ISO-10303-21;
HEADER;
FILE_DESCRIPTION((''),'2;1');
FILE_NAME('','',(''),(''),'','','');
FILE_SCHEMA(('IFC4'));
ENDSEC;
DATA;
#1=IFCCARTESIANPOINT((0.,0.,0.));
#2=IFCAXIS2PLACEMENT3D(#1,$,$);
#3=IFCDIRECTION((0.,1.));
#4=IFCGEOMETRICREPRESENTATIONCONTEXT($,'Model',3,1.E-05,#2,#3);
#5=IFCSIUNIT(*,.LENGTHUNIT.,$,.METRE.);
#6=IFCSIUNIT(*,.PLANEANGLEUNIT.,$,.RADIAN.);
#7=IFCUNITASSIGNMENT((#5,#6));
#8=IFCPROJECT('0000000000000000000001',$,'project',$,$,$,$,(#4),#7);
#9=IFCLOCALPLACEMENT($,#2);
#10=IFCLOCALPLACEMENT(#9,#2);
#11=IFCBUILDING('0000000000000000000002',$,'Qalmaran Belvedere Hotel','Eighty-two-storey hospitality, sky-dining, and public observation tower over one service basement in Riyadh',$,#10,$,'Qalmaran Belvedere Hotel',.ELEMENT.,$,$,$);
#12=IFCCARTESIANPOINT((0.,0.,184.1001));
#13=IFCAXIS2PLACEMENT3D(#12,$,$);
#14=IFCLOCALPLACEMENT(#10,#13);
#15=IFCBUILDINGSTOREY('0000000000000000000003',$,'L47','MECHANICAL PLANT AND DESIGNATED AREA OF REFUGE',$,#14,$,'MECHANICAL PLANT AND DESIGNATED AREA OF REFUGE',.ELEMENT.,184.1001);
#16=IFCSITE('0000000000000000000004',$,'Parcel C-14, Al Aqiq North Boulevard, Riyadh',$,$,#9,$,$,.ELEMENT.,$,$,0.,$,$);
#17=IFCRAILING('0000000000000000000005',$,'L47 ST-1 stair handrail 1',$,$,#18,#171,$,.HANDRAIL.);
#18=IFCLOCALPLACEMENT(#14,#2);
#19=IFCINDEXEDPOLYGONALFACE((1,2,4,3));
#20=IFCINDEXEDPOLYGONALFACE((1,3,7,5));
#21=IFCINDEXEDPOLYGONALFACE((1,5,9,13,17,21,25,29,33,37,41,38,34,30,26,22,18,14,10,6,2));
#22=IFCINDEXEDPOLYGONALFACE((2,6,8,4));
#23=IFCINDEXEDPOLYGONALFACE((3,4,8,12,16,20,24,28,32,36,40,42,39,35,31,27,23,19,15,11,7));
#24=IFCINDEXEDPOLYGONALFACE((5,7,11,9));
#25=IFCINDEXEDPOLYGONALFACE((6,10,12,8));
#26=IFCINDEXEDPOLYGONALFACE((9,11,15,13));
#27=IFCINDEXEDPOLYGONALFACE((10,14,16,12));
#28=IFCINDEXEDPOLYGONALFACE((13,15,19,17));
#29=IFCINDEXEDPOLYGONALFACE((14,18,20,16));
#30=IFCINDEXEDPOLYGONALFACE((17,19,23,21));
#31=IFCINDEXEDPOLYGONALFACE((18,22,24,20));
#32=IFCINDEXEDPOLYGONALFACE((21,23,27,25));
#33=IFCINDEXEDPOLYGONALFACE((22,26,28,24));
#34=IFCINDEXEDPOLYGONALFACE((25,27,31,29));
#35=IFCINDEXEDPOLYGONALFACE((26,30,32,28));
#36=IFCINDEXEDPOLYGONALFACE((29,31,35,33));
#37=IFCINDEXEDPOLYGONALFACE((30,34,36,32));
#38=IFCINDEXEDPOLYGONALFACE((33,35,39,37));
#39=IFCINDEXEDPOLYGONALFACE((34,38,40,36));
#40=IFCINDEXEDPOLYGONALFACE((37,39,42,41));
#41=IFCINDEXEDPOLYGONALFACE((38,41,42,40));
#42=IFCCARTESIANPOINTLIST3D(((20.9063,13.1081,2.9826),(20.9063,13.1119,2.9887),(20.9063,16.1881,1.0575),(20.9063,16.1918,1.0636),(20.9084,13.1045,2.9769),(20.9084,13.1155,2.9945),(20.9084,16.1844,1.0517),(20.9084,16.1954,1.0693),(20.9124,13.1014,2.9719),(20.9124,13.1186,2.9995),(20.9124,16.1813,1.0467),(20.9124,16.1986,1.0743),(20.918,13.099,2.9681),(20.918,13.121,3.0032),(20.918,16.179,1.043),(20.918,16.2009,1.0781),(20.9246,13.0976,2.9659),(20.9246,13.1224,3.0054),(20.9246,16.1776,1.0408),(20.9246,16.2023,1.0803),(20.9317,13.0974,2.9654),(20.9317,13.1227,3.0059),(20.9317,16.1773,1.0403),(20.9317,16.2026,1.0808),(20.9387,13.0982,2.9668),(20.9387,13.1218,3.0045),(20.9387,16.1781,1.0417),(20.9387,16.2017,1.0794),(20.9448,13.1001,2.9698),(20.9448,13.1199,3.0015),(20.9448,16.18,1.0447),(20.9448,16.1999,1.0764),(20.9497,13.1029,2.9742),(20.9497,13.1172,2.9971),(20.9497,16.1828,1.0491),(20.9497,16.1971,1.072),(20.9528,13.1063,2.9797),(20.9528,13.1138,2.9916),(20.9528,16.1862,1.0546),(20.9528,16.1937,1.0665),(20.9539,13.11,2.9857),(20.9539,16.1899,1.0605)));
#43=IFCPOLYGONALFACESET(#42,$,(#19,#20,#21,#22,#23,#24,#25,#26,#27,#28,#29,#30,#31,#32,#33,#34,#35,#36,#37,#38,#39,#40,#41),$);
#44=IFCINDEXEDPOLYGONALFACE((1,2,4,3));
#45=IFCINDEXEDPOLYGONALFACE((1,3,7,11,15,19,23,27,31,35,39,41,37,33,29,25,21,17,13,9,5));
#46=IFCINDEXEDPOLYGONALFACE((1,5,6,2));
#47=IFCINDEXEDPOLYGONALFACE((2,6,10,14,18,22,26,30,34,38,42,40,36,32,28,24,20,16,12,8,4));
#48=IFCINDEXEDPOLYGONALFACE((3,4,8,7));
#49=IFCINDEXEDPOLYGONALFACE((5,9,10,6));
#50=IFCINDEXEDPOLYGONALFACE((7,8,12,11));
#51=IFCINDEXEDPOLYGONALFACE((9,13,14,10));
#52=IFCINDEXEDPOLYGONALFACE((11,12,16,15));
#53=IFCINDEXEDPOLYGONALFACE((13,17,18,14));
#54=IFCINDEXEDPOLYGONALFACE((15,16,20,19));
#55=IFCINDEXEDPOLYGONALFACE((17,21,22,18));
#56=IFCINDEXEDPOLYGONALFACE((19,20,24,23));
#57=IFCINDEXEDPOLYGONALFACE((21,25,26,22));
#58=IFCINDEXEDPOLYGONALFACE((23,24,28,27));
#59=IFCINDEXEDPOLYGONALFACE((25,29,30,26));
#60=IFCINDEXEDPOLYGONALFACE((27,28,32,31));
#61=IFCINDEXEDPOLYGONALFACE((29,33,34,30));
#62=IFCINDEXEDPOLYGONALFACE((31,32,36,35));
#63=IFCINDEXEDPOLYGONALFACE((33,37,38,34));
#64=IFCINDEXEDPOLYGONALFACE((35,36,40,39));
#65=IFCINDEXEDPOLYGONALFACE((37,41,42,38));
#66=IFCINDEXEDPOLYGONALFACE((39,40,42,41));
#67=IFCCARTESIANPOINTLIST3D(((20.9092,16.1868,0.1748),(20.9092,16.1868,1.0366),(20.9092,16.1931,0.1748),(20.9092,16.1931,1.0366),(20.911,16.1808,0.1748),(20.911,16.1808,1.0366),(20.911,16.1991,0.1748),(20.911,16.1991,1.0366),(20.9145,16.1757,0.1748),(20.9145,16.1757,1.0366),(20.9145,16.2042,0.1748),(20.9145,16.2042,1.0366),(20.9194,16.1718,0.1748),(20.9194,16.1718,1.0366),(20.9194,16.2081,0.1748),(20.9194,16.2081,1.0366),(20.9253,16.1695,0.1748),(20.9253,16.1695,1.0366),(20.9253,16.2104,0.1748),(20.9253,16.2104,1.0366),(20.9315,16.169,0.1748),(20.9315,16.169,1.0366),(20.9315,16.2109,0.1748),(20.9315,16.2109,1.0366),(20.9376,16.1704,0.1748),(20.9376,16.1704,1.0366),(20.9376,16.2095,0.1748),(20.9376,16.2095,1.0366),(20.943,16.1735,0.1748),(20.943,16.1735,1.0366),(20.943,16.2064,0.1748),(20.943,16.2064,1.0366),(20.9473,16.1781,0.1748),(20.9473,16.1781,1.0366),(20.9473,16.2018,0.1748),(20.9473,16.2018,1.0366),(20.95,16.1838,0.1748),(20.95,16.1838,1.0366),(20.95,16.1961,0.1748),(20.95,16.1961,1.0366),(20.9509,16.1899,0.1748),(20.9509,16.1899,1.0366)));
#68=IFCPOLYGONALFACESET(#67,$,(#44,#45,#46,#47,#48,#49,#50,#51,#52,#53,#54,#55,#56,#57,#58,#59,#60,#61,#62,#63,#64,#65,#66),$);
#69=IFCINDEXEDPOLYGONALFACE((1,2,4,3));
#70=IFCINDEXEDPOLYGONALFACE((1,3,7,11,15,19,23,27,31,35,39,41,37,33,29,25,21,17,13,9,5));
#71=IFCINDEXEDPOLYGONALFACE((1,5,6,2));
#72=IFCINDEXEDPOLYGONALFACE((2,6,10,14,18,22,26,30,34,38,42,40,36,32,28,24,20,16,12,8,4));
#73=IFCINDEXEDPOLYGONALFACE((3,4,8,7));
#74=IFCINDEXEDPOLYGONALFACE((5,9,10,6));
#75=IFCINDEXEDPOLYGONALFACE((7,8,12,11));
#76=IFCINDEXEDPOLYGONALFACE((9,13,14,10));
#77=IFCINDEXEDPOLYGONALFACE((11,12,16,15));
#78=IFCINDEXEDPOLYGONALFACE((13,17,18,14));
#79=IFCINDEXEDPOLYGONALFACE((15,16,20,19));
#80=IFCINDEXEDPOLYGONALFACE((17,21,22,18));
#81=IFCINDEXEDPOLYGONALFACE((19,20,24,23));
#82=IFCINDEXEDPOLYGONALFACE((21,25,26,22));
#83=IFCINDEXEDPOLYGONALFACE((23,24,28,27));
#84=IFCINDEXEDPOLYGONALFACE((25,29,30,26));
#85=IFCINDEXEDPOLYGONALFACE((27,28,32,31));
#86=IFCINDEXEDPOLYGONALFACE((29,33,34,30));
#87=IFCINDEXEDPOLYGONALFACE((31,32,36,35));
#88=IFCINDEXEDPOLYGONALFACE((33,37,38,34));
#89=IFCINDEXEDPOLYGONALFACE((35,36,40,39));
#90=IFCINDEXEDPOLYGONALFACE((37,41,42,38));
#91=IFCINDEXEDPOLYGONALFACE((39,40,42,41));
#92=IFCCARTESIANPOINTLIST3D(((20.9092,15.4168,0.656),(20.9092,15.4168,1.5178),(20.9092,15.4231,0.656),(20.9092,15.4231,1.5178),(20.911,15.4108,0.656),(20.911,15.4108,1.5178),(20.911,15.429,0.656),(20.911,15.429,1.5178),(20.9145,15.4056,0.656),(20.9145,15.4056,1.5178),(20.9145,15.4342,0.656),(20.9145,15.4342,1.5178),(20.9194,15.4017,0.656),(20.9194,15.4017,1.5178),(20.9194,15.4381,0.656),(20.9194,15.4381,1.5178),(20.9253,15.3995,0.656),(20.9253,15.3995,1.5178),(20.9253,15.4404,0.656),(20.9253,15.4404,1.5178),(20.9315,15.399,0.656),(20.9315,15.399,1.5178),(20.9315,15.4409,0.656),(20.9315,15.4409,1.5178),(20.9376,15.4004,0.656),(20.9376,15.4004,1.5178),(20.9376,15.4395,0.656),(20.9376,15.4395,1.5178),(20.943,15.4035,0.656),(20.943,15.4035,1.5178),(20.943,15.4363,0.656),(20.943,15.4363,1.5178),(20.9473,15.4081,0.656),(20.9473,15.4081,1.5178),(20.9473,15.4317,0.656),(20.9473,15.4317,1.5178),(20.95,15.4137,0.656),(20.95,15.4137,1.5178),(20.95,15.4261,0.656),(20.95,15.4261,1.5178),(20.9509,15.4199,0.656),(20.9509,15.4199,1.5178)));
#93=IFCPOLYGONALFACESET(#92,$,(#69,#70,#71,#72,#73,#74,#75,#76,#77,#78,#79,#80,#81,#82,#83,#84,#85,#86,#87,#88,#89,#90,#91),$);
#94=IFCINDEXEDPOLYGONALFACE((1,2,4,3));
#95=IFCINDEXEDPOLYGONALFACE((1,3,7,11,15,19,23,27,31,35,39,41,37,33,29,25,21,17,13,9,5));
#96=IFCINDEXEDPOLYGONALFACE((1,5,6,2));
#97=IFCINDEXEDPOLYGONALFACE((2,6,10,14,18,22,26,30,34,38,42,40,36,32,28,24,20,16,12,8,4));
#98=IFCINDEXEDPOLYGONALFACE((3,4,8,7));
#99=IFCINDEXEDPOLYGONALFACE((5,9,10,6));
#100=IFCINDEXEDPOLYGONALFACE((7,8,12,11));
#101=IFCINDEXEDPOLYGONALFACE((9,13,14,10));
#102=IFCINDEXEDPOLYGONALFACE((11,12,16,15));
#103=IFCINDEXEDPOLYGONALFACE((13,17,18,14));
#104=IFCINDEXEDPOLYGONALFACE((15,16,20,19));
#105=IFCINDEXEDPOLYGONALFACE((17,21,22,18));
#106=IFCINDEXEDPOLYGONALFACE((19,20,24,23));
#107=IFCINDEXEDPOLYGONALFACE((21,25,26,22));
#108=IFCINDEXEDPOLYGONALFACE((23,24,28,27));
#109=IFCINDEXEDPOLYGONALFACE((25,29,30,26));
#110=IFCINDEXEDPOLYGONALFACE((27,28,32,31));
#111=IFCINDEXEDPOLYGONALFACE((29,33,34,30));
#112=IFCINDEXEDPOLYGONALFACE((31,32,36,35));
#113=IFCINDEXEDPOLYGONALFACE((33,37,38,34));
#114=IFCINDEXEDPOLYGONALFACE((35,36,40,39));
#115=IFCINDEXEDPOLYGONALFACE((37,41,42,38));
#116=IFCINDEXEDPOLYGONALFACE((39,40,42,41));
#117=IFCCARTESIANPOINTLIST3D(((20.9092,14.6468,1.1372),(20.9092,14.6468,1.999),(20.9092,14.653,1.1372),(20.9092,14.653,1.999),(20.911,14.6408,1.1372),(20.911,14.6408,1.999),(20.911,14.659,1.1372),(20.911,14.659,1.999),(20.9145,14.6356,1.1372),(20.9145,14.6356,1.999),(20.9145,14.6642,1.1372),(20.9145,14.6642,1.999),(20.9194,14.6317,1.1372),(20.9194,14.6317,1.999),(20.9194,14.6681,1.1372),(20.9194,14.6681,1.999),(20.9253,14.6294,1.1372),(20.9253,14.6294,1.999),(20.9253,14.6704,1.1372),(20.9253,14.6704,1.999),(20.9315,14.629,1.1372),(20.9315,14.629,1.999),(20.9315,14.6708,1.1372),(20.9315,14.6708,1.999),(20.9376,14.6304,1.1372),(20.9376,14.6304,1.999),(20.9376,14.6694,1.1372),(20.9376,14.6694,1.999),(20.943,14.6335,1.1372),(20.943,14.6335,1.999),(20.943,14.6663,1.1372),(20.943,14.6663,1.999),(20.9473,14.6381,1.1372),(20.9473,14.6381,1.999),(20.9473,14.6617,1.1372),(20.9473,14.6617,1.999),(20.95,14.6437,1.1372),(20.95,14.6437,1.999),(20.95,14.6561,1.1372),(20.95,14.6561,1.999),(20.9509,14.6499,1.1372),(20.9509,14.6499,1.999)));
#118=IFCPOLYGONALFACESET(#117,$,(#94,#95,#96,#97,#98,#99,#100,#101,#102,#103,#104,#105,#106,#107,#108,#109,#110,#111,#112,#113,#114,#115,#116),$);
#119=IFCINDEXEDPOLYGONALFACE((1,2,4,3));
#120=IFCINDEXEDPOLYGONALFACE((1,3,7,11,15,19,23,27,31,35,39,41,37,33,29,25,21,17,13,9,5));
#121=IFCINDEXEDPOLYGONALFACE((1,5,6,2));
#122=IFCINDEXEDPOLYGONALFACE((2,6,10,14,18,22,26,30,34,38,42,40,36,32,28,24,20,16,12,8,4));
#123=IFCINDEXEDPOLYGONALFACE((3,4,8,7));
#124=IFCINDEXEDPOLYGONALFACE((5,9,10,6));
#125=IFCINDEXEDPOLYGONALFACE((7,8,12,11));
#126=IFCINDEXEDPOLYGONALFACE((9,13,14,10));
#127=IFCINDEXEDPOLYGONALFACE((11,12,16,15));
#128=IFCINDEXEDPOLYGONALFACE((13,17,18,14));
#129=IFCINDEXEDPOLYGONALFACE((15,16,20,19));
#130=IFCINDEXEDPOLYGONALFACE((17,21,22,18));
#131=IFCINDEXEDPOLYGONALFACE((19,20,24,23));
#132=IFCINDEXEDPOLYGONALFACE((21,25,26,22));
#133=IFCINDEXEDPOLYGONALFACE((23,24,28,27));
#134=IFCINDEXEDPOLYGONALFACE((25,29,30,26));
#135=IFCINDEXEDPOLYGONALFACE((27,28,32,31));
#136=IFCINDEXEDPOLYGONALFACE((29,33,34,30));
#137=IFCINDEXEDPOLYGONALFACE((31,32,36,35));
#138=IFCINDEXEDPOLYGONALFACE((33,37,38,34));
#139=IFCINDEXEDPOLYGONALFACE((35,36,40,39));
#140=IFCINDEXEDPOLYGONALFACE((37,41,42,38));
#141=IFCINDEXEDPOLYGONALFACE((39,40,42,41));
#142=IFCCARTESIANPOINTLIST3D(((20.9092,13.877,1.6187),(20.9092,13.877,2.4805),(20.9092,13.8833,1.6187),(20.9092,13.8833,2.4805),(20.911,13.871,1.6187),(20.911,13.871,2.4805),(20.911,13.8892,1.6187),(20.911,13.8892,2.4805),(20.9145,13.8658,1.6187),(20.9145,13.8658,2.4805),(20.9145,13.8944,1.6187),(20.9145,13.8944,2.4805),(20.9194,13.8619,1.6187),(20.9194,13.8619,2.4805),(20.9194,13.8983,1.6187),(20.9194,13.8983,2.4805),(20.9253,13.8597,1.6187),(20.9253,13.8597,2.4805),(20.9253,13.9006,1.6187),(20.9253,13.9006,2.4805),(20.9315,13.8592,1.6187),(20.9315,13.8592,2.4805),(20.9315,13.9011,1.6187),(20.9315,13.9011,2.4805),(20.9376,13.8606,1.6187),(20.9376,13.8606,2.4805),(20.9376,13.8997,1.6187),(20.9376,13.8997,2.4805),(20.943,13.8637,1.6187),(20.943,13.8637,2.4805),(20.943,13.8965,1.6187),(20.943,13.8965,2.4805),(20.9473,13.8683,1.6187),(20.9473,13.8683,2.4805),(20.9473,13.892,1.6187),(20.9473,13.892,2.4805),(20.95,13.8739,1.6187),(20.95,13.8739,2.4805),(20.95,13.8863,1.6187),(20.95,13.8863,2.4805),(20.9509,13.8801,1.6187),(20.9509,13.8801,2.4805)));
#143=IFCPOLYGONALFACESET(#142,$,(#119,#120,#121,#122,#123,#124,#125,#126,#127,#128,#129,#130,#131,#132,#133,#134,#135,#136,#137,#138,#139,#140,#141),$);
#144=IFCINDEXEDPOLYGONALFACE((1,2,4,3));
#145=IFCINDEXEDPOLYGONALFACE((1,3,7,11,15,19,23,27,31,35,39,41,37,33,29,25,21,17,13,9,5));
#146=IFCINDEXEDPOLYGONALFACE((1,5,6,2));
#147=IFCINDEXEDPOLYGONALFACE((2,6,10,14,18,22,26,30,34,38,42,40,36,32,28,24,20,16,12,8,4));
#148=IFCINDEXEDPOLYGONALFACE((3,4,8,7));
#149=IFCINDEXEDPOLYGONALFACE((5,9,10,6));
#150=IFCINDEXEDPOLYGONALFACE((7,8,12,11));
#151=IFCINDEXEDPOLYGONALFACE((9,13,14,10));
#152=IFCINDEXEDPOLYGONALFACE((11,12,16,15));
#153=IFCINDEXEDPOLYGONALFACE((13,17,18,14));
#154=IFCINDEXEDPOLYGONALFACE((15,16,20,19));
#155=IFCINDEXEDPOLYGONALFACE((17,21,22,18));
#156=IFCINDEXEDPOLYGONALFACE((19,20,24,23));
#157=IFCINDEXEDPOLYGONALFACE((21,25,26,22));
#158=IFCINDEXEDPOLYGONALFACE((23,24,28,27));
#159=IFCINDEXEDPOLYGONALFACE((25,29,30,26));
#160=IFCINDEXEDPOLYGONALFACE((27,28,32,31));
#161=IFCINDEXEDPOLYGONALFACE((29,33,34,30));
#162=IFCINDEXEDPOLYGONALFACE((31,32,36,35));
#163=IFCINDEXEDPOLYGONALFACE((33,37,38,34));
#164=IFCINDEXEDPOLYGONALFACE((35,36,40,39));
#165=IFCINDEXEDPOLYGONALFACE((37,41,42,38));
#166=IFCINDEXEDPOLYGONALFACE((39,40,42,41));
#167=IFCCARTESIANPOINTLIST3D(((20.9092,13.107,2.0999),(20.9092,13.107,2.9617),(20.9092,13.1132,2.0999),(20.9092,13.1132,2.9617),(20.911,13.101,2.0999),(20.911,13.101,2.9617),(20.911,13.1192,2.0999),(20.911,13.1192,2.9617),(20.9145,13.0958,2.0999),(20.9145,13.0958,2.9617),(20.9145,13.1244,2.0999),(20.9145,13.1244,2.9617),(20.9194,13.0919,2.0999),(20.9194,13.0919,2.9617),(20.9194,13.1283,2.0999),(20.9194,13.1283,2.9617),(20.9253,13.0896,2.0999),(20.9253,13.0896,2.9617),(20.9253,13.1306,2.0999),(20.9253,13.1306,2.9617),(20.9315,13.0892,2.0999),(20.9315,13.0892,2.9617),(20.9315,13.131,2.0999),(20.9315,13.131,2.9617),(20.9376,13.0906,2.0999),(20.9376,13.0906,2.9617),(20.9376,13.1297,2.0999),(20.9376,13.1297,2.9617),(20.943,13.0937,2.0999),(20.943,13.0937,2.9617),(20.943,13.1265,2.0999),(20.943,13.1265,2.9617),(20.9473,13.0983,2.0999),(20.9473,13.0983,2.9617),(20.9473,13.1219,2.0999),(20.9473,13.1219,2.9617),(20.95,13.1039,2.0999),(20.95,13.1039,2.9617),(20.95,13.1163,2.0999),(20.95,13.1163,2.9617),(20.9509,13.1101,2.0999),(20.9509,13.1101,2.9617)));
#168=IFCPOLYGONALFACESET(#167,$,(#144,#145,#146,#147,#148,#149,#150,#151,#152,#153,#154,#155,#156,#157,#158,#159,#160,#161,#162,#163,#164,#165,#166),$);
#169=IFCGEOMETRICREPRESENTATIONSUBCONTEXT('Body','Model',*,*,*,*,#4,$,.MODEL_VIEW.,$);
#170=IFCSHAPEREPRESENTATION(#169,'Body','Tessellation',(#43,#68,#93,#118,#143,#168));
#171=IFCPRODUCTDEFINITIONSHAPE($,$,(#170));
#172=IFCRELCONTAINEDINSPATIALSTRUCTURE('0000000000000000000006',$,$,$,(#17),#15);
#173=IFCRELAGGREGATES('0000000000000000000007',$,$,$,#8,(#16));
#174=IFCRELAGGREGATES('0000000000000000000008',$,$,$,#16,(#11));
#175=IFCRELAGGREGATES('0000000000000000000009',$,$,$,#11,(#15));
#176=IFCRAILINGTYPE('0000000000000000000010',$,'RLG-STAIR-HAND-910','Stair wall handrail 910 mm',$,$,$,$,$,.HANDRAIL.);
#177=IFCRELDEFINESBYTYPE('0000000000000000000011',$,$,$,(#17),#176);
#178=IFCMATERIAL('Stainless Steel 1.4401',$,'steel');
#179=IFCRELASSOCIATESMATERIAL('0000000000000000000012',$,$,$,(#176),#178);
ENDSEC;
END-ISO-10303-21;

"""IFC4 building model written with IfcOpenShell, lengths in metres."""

from ifc_helpers import new_model, si_unit, direction, frame, origin, origin_2d, place, context, subcontext, project, spatial, circle, extrude, material, type_object, element, save


model = new_model("IFC4")

# Units and contexts
model_context = context("Model", 3, precision=1e-05, world=origin(), true_north=direction((0.0, 1.0)))
body_context = subcontext(model_context, "Body", "Model", "MODEL_VIEW")
ifc_project = project(units=[si_unit("LENGTHUNIT", "METRE"), si_unit("PLANEANGLEUNIT", "RADIAN")], contexts=[model_context])

# Site, building, storey
site_placement = place(None, origin())
site = spatial("IfcSite", under=ifc_project, at=site_placement, Name="Parcel C-14, Al Aqiq North Boulevard, Riyadh", CompositionType="ELEMENT", RefElevation=0.0)
building_placement = place(site_placement, origin())
building = spatial("IfcBuilding", under=site, at=building_placement, Name="Qalmaran Belvedere Hotel", Description="Eighty-two-storey hospitality, sky-dining, and public observation tower over one service basement in Riyadh", LongName="Qalmaran Belvedere Hotel", CompositionType="ELEMENT")
storey_placement = place(building_placement, frame((0.0, 0.0, 184.1001)))
storey = spatial("IfcBuildingStorey", under=building, at=storey_placement, Name="L47", Description="MECHANICAL PLANT AND DESIGNATED AREA OF REFUGE", LongName="MECHANICAL PLANT AND DESIGNATED AREA OF REFUGE", CompositionType="ELEMENT", Elevation=184.1001)

# Shared definitions
ifc_material_1 = material(Name="Stainless Steel 1.4401", Category="steel")

# Railing
railing_type_1 = type_object("IfcRailingType", Name="RLG-STAIR-HAND-910", Description="Stair wall handrail 910 mm", PredefinedType="HANDRAIL", material=ifc_material_1)
railing_1_placement = place(storey_placement, frame((20.9299, 16.1899, 0.1748)))
element("IfcRailing", 1, at=railing_1_placement, inside=storey, type_object=railing_type_1, Name="L47 ST-1 stair handrail 1", PredefinedType="HANDRAIL", context=body_context, shape_type="SweptSolid", body=[
    extrude(circle(Radius=0.0239, at=origin_2d()), frame((0.0, 0.0, 0.8857), z_axis=(0.0, -0.847979, 0.530029), x_axis=(1.0, 0.0, 0.0)), (0.0, 0.0, 1.0), 3.6321),
    extrude(circle(Radius=0.021, at=origin_2d()), origin(), (0.0, 0.0, 1.0), 0.8618),
    extrude(circle(Radius=0.021, at=origin_2d()), frame((0.0, -0.77, 0.4812)), (0.0, 0.0, 1.0), 0.8618),
    extrude(circle(Radius=0.021, at=origin_2d()), frame((0.0, -1.54, 0.9624)), (0.0, 0.0, 1.0), 0.8618),
    extrude(circle(Radius=0.021, at=origin_2d()), frame((0.0, -2.3098, 1.4438)), (0.0, 0.0, 1.0), 0.8618),
    extrude(circle(Radius=0.021, at=origin_2d()), frame((0.0, -3.0798, 1.925)), (0.0, 0.0, 1.0), 0.8618),
])

save(model, "model.ifc")
